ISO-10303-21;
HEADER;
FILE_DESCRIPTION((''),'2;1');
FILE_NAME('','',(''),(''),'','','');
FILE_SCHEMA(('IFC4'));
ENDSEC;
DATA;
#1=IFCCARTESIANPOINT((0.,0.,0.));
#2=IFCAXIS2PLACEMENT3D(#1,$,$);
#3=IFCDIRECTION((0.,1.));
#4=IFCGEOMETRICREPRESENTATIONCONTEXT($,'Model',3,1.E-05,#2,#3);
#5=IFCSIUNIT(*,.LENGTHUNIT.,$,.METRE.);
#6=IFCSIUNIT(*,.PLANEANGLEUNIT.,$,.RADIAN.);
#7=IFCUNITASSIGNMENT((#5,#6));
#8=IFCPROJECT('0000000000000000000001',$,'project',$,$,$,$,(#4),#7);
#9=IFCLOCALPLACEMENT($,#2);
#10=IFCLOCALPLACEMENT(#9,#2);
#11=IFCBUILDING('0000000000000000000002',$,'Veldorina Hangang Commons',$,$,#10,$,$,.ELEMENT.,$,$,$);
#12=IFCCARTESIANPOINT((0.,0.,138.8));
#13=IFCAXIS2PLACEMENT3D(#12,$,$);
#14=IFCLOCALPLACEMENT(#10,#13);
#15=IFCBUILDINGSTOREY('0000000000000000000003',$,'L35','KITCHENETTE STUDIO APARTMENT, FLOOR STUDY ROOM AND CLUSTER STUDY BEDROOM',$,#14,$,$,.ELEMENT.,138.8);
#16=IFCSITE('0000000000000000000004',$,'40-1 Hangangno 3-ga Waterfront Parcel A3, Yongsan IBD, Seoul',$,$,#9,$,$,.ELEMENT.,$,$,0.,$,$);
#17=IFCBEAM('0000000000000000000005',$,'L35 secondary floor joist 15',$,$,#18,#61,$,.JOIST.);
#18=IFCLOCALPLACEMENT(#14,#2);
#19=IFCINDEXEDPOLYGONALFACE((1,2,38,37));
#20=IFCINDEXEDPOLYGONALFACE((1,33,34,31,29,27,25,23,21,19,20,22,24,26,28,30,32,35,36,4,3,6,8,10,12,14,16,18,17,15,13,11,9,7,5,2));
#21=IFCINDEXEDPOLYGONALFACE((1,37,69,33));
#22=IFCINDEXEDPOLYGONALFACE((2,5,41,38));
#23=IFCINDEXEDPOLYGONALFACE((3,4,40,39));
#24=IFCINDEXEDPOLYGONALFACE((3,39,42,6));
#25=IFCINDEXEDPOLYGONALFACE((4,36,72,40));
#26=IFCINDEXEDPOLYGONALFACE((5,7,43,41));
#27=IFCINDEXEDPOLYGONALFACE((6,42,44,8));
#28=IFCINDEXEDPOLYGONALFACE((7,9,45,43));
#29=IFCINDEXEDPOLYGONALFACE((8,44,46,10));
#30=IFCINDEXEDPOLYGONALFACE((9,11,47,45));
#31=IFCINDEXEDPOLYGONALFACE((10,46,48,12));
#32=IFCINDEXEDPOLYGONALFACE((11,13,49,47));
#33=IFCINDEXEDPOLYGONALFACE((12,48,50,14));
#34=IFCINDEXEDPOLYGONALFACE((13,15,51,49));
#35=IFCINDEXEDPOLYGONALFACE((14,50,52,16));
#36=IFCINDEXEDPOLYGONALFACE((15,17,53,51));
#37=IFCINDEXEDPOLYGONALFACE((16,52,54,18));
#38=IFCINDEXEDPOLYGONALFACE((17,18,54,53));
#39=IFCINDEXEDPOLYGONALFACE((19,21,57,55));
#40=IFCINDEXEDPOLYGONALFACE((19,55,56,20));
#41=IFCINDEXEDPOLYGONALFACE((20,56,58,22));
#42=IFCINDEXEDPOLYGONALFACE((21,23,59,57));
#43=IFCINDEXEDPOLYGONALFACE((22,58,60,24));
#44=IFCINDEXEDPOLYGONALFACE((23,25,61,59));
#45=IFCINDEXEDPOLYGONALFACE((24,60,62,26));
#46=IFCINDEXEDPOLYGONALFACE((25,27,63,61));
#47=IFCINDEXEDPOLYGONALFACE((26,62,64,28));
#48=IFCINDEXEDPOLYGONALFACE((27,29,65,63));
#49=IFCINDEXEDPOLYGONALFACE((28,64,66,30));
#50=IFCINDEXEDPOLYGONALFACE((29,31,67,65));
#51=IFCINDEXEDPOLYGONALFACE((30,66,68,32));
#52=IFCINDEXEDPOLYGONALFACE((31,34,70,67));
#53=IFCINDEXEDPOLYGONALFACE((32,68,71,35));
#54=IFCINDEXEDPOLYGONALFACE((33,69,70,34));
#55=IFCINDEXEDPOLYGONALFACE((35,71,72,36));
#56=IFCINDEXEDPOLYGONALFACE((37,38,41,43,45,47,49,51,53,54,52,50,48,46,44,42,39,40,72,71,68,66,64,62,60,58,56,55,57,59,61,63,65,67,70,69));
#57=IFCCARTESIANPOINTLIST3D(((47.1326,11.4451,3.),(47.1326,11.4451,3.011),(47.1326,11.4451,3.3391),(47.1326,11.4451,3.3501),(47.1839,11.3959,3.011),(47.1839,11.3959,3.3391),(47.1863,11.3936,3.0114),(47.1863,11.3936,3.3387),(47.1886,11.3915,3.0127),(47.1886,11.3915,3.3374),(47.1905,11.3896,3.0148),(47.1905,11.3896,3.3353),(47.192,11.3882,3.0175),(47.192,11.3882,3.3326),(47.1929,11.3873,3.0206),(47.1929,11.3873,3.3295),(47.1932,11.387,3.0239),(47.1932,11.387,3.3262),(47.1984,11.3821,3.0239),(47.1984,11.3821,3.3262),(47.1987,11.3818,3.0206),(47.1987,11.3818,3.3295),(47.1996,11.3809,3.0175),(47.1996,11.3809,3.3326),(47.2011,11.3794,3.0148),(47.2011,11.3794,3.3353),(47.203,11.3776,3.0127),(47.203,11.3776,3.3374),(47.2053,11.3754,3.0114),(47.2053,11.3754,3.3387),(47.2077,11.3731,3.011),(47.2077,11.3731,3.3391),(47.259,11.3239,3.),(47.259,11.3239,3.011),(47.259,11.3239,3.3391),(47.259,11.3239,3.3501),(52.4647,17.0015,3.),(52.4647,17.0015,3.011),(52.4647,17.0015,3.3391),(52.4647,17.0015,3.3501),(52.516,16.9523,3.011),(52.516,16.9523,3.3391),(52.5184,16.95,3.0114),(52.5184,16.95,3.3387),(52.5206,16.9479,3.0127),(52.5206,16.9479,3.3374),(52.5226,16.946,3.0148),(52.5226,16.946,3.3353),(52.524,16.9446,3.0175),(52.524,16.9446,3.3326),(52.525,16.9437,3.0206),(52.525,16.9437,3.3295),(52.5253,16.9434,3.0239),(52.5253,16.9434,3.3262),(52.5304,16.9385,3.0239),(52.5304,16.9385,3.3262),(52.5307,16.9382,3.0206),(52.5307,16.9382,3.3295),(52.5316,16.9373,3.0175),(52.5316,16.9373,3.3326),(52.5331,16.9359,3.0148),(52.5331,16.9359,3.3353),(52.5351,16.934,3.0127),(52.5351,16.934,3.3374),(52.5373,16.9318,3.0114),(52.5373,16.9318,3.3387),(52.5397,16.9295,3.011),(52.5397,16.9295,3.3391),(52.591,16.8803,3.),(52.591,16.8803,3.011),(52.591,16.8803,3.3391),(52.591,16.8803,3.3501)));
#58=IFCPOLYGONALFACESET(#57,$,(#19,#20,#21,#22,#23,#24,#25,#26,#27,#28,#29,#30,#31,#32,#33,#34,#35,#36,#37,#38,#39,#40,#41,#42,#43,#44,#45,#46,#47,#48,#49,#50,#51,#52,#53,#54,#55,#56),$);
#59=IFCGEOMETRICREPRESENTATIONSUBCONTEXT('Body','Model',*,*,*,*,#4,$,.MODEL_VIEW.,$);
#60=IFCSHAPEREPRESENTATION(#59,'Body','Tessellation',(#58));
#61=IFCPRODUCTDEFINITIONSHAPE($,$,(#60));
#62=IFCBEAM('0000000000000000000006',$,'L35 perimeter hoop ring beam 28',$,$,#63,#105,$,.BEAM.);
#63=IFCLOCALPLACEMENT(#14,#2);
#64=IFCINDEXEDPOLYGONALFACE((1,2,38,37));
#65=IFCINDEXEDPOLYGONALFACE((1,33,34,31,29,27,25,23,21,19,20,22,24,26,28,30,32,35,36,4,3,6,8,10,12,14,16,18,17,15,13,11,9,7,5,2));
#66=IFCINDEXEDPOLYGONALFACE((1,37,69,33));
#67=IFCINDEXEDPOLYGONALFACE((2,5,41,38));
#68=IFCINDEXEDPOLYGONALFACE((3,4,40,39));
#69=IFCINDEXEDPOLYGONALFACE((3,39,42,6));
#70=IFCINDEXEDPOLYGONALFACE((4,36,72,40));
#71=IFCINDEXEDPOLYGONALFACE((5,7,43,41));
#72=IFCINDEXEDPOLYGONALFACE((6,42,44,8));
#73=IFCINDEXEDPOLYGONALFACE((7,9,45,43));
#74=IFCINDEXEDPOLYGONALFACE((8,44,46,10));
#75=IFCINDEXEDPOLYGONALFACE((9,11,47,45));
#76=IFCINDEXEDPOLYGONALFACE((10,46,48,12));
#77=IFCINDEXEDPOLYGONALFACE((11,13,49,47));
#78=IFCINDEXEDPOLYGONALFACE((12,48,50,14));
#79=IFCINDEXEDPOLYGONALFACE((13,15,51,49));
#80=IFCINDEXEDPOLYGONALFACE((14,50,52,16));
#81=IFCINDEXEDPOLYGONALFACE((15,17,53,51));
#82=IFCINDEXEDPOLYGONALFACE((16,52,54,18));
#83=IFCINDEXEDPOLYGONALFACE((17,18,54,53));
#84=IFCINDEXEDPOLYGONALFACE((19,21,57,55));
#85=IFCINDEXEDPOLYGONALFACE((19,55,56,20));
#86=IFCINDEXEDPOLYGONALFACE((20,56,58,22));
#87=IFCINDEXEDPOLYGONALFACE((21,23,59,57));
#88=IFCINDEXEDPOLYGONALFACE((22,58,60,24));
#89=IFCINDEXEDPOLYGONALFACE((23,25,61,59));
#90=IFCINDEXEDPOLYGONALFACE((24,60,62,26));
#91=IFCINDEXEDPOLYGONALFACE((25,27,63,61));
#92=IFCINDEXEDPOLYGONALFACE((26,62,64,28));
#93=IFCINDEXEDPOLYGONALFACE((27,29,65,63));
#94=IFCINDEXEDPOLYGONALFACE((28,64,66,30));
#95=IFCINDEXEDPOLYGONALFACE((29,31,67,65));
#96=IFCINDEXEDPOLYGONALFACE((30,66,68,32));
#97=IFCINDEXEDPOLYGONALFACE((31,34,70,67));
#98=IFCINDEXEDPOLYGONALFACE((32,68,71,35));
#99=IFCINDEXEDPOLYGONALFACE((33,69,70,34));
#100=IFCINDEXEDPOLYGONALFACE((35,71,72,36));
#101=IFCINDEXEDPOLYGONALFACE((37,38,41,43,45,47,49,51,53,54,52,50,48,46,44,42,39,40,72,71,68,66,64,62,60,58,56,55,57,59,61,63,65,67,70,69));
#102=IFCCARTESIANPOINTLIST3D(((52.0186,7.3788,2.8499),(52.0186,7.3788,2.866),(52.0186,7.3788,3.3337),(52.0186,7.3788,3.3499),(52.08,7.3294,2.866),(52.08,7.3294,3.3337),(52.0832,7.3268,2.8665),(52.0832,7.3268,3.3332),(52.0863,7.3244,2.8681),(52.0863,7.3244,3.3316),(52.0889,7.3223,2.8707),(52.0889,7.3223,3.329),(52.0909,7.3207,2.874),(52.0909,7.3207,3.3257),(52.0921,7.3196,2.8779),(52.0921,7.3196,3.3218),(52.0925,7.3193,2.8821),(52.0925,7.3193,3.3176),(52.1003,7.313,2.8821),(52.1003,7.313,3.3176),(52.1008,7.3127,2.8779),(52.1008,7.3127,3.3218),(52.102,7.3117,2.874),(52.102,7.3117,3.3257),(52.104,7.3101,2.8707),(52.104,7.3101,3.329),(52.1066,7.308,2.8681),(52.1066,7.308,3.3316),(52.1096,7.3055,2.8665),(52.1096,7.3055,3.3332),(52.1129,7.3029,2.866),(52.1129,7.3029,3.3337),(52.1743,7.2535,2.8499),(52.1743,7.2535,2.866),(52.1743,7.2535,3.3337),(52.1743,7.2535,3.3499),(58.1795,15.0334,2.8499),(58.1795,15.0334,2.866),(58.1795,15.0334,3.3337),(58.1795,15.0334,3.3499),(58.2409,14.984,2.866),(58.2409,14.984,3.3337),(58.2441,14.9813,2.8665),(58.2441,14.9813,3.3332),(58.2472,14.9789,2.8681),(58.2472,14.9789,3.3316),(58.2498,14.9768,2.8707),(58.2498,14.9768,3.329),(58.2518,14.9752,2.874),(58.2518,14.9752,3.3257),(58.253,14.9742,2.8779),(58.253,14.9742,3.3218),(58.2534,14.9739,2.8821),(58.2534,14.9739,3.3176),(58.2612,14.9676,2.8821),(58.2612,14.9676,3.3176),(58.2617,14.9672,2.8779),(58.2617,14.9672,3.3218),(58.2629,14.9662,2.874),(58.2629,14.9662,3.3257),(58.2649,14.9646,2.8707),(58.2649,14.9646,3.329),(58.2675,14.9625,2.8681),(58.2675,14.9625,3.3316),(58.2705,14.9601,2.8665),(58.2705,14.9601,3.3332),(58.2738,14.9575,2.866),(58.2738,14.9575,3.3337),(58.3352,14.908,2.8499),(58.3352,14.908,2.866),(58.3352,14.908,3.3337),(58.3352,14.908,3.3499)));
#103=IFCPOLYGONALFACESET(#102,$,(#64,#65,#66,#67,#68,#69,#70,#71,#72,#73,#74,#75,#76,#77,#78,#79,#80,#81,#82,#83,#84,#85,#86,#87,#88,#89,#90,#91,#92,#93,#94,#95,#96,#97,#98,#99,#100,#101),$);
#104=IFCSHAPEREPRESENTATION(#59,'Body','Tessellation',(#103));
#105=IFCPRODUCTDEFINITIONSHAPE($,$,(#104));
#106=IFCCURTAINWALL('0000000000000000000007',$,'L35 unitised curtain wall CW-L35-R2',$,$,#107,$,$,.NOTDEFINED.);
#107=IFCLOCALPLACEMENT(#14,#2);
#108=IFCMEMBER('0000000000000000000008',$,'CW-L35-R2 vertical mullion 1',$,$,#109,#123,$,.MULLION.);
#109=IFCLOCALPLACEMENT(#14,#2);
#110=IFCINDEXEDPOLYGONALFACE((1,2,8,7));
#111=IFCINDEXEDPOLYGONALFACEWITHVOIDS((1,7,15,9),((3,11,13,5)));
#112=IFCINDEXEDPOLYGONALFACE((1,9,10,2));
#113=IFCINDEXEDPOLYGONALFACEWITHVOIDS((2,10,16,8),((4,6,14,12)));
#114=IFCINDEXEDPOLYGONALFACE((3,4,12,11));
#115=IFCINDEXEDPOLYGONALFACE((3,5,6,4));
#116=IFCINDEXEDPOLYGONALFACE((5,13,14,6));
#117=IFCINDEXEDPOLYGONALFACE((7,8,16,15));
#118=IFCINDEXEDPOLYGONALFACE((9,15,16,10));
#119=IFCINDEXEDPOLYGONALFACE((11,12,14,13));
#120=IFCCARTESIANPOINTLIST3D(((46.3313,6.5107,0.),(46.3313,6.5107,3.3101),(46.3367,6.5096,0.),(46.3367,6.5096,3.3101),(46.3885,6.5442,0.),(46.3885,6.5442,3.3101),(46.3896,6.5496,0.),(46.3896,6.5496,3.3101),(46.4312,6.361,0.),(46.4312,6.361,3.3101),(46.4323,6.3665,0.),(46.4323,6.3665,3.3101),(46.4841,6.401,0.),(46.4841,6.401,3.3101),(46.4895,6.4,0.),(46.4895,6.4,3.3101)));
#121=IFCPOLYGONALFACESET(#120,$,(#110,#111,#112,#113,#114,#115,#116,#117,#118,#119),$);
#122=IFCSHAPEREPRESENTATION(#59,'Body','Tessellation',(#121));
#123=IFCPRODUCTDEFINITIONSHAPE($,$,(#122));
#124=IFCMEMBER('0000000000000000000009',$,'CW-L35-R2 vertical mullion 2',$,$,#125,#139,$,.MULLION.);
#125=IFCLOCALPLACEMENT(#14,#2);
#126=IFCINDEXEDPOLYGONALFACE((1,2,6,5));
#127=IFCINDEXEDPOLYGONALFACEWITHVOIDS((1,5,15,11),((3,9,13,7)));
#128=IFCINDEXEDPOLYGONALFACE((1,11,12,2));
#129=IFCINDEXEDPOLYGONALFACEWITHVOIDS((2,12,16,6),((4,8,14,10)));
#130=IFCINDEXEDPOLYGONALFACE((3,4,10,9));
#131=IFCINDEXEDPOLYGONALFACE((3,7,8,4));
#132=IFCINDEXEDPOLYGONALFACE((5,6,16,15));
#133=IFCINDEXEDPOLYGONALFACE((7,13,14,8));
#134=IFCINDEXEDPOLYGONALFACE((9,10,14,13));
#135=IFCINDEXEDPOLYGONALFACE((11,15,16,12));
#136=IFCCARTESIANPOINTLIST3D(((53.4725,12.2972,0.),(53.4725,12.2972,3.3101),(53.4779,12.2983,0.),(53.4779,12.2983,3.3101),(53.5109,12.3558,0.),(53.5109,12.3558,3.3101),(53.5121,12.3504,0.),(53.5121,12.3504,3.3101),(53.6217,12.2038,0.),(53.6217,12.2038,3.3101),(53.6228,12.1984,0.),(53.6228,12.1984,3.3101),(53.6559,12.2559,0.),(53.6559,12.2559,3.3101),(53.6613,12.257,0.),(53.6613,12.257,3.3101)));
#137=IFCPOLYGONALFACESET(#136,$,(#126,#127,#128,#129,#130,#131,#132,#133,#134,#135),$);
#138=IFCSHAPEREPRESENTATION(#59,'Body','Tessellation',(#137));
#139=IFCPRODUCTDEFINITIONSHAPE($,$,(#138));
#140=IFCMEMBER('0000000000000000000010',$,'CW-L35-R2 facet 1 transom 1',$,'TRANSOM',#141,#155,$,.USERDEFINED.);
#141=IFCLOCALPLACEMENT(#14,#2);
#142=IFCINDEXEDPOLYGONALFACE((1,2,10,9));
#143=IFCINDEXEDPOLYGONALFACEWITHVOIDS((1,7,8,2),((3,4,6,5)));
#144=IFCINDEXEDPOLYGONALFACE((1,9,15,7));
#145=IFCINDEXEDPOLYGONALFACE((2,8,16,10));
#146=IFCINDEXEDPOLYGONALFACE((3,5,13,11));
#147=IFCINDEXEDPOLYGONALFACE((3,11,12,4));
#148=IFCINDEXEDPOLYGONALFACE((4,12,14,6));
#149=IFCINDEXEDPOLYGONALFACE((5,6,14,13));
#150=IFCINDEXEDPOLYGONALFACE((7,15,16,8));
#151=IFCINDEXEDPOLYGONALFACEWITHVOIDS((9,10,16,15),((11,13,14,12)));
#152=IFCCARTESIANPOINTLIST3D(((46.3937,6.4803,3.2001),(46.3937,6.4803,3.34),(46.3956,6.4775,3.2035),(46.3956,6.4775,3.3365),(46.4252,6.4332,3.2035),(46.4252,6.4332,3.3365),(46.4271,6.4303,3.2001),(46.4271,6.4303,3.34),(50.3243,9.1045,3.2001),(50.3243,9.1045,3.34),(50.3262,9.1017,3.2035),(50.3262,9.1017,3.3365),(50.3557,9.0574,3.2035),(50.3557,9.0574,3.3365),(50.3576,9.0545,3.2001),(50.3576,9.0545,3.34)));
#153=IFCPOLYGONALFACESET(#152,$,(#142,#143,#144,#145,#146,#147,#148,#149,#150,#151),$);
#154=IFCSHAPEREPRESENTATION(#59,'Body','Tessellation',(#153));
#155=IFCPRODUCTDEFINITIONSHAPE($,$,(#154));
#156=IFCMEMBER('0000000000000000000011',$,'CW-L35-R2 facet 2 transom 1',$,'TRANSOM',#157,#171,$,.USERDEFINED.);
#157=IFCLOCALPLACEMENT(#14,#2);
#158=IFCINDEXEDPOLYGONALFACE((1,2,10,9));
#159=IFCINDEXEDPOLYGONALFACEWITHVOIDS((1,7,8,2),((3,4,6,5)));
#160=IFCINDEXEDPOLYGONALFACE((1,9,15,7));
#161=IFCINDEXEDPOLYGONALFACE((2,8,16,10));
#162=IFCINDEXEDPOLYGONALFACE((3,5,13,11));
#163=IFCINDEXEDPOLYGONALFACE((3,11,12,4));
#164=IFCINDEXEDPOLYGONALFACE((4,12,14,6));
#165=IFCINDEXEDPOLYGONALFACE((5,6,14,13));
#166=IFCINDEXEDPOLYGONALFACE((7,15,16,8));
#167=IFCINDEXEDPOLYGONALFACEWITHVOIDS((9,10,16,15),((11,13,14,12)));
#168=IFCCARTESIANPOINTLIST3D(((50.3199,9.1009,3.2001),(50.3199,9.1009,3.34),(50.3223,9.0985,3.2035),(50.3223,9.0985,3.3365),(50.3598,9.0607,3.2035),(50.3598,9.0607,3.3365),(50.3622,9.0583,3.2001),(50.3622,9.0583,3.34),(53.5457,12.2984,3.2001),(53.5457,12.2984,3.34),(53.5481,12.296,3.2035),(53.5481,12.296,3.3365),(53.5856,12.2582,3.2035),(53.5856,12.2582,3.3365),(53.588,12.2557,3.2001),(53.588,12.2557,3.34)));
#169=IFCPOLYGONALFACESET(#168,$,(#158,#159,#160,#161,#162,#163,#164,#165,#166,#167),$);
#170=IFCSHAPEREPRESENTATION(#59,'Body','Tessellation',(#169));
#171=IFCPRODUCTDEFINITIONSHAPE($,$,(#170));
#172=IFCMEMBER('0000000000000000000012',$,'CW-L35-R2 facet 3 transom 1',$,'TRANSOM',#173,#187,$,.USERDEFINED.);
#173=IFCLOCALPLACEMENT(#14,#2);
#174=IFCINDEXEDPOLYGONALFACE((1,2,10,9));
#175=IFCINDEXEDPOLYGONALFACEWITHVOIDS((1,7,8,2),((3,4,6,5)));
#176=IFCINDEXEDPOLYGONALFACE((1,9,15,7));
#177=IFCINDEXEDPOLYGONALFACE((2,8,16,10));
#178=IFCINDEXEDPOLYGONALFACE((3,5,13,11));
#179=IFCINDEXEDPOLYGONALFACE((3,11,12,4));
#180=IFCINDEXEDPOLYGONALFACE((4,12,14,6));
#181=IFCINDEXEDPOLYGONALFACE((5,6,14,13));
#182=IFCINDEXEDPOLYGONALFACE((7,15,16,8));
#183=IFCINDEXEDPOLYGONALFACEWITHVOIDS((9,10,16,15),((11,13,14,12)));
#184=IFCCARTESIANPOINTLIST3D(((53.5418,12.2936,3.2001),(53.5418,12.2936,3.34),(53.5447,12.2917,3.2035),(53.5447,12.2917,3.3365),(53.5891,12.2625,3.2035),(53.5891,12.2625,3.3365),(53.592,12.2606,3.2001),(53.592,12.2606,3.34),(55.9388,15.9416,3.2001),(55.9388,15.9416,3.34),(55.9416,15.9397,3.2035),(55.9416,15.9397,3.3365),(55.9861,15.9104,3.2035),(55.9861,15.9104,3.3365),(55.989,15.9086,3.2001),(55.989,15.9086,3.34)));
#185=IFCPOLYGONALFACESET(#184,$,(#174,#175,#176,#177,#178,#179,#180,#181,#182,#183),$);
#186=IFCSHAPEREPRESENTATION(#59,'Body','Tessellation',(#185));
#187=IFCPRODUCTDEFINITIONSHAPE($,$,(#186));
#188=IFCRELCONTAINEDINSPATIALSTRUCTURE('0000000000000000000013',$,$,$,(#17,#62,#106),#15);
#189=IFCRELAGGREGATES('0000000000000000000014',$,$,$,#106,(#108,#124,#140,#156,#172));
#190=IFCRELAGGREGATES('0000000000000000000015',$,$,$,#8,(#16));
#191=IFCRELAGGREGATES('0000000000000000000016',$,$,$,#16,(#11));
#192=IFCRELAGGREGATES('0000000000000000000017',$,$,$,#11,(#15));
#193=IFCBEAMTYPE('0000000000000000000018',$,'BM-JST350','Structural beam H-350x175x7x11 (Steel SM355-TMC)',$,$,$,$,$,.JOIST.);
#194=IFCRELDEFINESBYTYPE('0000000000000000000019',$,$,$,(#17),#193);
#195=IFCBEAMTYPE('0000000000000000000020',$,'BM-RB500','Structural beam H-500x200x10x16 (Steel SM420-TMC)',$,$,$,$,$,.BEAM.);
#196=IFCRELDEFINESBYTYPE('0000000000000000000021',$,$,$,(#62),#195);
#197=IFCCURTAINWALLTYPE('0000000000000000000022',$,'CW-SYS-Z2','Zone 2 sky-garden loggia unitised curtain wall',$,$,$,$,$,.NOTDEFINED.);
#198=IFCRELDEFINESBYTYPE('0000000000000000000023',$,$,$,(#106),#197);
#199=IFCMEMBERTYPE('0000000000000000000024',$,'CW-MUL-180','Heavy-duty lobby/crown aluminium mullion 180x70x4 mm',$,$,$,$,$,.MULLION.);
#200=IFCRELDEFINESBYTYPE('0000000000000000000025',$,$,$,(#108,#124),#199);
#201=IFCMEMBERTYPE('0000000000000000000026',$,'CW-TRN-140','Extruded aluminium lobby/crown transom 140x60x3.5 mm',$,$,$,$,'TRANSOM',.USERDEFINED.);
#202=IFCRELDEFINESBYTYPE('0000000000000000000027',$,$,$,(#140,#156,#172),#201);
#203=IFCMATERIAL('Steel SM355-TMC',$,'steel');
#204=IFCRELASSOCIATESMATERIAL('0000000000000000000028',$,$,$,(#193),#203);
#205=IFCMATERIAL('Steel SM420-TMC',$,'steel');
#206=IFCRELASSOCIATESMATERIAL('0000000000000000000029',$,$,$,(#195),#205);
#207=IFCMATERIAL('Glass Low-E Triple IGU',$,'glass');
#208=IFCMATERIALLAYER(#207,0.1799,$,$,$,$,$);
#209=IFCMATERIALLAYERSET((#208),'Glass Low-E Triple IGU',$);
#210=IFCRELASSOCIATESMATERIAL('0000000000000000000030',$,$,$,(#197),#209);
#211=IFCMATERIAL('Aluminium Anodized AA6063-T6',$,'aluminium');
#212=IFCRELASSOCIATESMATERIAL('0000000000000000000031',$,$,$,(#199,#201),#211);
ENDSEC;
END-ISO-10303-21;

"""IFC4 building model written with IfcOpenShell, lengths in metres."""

from ifc_helpers import new_model, si_unit, direction, frame, origin, origin_2d, place, context, subcontext, project, spatial, hollow_rectangle, i_section, extrude, material, layer, layer_set, material_profile, profile_set, type_object, element, aggregate, save


model = new_model("IFC4")

# Units and contexts
model_context = context("Model", 3, precision=1e-05, world=origin(), true_north=direction((0.0, 1.0)))
body_context = subcontext(model_context, "Body", "Model", "MODEL_VIEW")
ifc_project = project(units=[si_unit("LENGTHUNIT", "METRE"), si_unit("PLANEANGLEUNIT", "RADIAN")], contexts=[model_context])

# Site, building, storey
site_placement = place(None, origin())
site = spatial("IfcSite", under=ifc_project, at=site_placement, Name="40-1 Hangangno 3-ga Waterfront Parcel A3, Yongsan IBD, Seoul", CompositionType="ELEMENT", RefElevation=0.0)
building_placement = place(site_placement, origin())
building = spatial("IfcBuilding", under=site, at=building_placement, Name="Veldorina Hangang Commons", CompositionType="ELEMENT")
storey_placement = place(building_placement, frame((0.0, 0.0, 138.8)))
storey = spatial("IfcBuildingStorey", under=building, at=storey_placement, Name="L35", Description="KITCHENETTE STUDIO APARTMENT, FLOOR STUDY ROOM AND CLUSTER STUDY BEDROOM", CompositionType="ELEMENT", Elevation=138.8)

# Beams
ifc_material_1 = material(Name="Steel SM355-TMC", Category="steel")
ifc_material_profile_1 = material_profile(ifc_material_1, i_section(OverallWidth=0.175, OverallDepth=0.3501, WebThickness=0.0071, FlangeThickness=0.011, FilletRadius=0.0129, at=origin_2d()), Name="H-350x175x7x11")
ifc_profile_set_1 = profile_set([ifc_material_profile_1], Name="Steel SM355-TMC")
beam_type_1 = type_object("IfcBeamType", Name="BM-JST350", Description="Structural beam H-350x175x7x11 (Steel SM355-TMC)", PredefinedType="JOIST", material=ifc_profile_set_1)
beam_1_placement = place(storey_placement, frame((47.1958, 11.3845, 3.175), z_axis=(0.692389, 0.721524, 0.0), x_axis=(-0.721524, 0.692389, 0.0)))
element("IfcBeam", 1, at=beam_1_placement, inside=storey, type_object=beam_type_1, Name="L35 secondary floor joist 15", PredefinedType="JOIST", context=body_context, shape_type="SweptSolid", body=[
    extrude(i_section(OverallWidth=0.175, OverallDepth=0.3501, WebThickness=0.0071, FlangeThickness=0.011, FilletRadius=0.0129, at=origin_2d()), origin(), (0.0, 0.0, 1.0), 7.7009),
])
ifc_material_2 = material(Name="Steel SM420-TMC", Category="steel")
ifc_material_profile_2 = material_profile(ifc_material_2, i_section(OverallWidth=0.2, OverallDepth=0.5, WebThickness=0.01, FlangeThickness=0.0161, FilletRadius=0.0161, at=origin_2d()), Name="H-500x200x10x16")
ifc_profile_set_2 = profile_set([ifc_material_profile_2], Name="Steel SM420-TMC")
beam_type_2 = type_object("IfcBeamType", Name="BM-RB500", Description="Structural beam H-500x200x10x16 (Steel SM420-TMC)", PredefinedType="BEAM", material=ifc_profile_set_2)
beam_2_placement = place(storey_placement, frame((52.0964, 7.3162, 3.0999), z_axis=(0.627004, 0.779016, 0.0), x_axis=(-0.779016, 0.627004, 0.0)))
element("IfcBeam", 2, at=beam_2_placement, inside=storey, type_object=beam_type_2, Name="L35 perimeter hoop ring beam 28", PredefinedType="BEAM", context=body_context, shape_type="SweptSolid", body=[
    extrude(i_section(OverallWidth=0.2, OverallDepth=0.5, WebThickness=0.01, FlangeThickness=0.0161, FilletRadius=0.0161, at=origin_2d()), origin(), (0.0, 0.0, 1.0), 9.8259),
])

# Curtain wall, members
ifc_material_3 = material(Name="Glass Low-E Triple IGU", Category="glass")
ifc_layer_1 = layer(ifc_material_3, 0.1799)
ifc_layer_set_1 = layer_set([ifc_layer_1], Name="Glass Low-E Triple IGU")
curtain_wall_type = type_object("IfcCurtainWallType", Name="CW-SYS-Z2", Description="Zone 2 sky-garden loggia unitised curtain wall", PredefinedType="NOTDEFINED", material=ifc_layer_set_1)
curtain_wall_placement = place(storey_placement, origin())
curtain_wall = element("IfcCurtainWall", 3, at=curtain_wall_placement, inside=storey, type_object=curtain_wall_type, Name="L35 unitised curtain wall CW-L35-R2", PredefinedType="NOTDEFINED")
ifc_material_4 = material(Name="Aluminium Anodized AA6063-T6", Category="aluminium")
ifc_material_profile_3 = material_profile(ifc_material_4, hollow_rectangle(XDim=0.0701, YDim=0.1799, WallThickness=0.0039, at=origin_2d()), Name="ALU-RHS-180x70x4")
ifc_profile_set_3 = profile_set([ifc_material_profile_3], Name="Aluminium Anodized AA6063-T6")
member_type_1 = type_object("IfcMemberType", Name="CW-MUL-180", Description="Heavy-duty lobby/crown aluminium mullion 180x70x4 mm", PredefinedType="MULLION", material=ifc_profile_set_3)
member_1_placement = place(storey_placement, frame((46.4104, 6.4553, 0.0), z_axis=(0.0, 0.0, 1.0), x_axis=(0.831683, 0.555251, 0.0)))
member_1 = element("IfcMember", 4, at=member_1_placement, type_object=member_type_1, Name="CW-L35-R2 vertical mullion 1", PredefinedType="MULLION", context=body_context, shape_type="SweptSolid", body=[
    extrude(hollow_rectangle(XDim=0.0701, YDim=0.1799, WallThickness=0.0039, at=origin_2d()), origin(), (0.0, 0.0, 1.0), 3.3101),
])
member_2_placement = place(storey_placement, frame((53.5669, 12.2771, 0.0), z_axis=(0.0, 0.0, 1.0), x_axis=(0.549125, 0.83574, 0.0)))
member_2 = element("IfcMember", 5, at=member_2_placement, type_object=member_type_1, Name="CW-L35-R2 vertical mullion 2", PredefinedType="MULLION", context=body_context, shape_type="SweptSolid", body=[
    extrude(hollow_rectangle(XDim=0.0701, YDim=0.1799, WallThickness=0.0039, at=origin_2d()), origin(), (0.0, 0.0, 1.0), 3.3101),
])
ifc_material_profile_4 = material_profile(ifc_material_4, hollow_rectangle(XDim=0.0601, YDim=0.1399, WallThickness=0.0034, at=origin_2d()), Name="ALU-RHS-140x60x3.5")
ifc_profile_set_4 = profile_set([ifc_material_profile_4], Name="Aluminium Anodized AA6063-T6")
member_type_2 = type_object("IfcMemberType", Name="CW-TRN-140", Description="Extruded aluminium lobby/crown transom 140x60x3.5 mm", ElementType="TRANSOM", PredefinedType="USERDEFINED", material=ifc_profile_set_4)
member_3_placement = place(storey_placement, frame((46.4104, 6.4553, 3.27), z_axis=(0.831677, 0.55526, 0.0), x_axis=(-0.55526, 0.831677, 0.0)))
member_3 = element("IfcMember", 6, at=member_3_placement, type_object=member_type_2, Name="CW-L35-R2 facet 1 transom 1", ObjectType="TRANSOM", PredefinedType="USERDEFINED", context=body_context, shape_type="SweptSolid", body=[
    extrude(hollow_rectangle(XDim=0.0601, YDim=0.1399, WallThickness=0.0034, at=origin_2d()), origin(), (0.0, 0.0, 1.0), 4.7261),
])
member_4_placement = place(storey_placement, frame((50.3411, 9.0796, 3.27), z_axis=(0.710217, 0.703982, 0.0), x_axis=(-0.703982, 0.710217, 0.0)))
member_4 = element("IfcMember", 7, at=member_4_placement, type_object=member_type_2, Name="CW-L35-R2 facet 2 transom 1", ObjectType="TRANSOM", PredefinedType="USERDEFINED", context=body_context, shape_type="SweptSolid", body=[
    extrude(hollow_rectangle(XDim=0.0601, YDim=0.1399, WallThickness=0.0034, at=origin_2d()), origin(), (0.0, 0.0, 1.0), 4.542),
])
member_5_placement = place(storey_placement, frame((53.5669, 12.2771, 3.27), z_axis=(0.549138, 0.835732, 0.0), x_axis=(-0.835732, 0.549138, 0.0)))
member_5 = element("IfcMember", 8, at=member_5_placement, type_object=member_type_2, Name="CW-L35-R2 facet 3 transom 1", ObjectType="TRANSOM", PredefinedType="USERDEFINED", context=body_context, shape_type="SweptSolid", body=[
    extrude(hollow_rectangle(XDim=0.0601, YDim=0.1399, WallThickness=0.0034, at=origin_2d()), origin(), (0.0, 0.0, 1.0), 4.365),
])

aggregate(curtain_wall, [member_1, member_2, member_3, member_4, member_5])

save(model, "model.ifc")
